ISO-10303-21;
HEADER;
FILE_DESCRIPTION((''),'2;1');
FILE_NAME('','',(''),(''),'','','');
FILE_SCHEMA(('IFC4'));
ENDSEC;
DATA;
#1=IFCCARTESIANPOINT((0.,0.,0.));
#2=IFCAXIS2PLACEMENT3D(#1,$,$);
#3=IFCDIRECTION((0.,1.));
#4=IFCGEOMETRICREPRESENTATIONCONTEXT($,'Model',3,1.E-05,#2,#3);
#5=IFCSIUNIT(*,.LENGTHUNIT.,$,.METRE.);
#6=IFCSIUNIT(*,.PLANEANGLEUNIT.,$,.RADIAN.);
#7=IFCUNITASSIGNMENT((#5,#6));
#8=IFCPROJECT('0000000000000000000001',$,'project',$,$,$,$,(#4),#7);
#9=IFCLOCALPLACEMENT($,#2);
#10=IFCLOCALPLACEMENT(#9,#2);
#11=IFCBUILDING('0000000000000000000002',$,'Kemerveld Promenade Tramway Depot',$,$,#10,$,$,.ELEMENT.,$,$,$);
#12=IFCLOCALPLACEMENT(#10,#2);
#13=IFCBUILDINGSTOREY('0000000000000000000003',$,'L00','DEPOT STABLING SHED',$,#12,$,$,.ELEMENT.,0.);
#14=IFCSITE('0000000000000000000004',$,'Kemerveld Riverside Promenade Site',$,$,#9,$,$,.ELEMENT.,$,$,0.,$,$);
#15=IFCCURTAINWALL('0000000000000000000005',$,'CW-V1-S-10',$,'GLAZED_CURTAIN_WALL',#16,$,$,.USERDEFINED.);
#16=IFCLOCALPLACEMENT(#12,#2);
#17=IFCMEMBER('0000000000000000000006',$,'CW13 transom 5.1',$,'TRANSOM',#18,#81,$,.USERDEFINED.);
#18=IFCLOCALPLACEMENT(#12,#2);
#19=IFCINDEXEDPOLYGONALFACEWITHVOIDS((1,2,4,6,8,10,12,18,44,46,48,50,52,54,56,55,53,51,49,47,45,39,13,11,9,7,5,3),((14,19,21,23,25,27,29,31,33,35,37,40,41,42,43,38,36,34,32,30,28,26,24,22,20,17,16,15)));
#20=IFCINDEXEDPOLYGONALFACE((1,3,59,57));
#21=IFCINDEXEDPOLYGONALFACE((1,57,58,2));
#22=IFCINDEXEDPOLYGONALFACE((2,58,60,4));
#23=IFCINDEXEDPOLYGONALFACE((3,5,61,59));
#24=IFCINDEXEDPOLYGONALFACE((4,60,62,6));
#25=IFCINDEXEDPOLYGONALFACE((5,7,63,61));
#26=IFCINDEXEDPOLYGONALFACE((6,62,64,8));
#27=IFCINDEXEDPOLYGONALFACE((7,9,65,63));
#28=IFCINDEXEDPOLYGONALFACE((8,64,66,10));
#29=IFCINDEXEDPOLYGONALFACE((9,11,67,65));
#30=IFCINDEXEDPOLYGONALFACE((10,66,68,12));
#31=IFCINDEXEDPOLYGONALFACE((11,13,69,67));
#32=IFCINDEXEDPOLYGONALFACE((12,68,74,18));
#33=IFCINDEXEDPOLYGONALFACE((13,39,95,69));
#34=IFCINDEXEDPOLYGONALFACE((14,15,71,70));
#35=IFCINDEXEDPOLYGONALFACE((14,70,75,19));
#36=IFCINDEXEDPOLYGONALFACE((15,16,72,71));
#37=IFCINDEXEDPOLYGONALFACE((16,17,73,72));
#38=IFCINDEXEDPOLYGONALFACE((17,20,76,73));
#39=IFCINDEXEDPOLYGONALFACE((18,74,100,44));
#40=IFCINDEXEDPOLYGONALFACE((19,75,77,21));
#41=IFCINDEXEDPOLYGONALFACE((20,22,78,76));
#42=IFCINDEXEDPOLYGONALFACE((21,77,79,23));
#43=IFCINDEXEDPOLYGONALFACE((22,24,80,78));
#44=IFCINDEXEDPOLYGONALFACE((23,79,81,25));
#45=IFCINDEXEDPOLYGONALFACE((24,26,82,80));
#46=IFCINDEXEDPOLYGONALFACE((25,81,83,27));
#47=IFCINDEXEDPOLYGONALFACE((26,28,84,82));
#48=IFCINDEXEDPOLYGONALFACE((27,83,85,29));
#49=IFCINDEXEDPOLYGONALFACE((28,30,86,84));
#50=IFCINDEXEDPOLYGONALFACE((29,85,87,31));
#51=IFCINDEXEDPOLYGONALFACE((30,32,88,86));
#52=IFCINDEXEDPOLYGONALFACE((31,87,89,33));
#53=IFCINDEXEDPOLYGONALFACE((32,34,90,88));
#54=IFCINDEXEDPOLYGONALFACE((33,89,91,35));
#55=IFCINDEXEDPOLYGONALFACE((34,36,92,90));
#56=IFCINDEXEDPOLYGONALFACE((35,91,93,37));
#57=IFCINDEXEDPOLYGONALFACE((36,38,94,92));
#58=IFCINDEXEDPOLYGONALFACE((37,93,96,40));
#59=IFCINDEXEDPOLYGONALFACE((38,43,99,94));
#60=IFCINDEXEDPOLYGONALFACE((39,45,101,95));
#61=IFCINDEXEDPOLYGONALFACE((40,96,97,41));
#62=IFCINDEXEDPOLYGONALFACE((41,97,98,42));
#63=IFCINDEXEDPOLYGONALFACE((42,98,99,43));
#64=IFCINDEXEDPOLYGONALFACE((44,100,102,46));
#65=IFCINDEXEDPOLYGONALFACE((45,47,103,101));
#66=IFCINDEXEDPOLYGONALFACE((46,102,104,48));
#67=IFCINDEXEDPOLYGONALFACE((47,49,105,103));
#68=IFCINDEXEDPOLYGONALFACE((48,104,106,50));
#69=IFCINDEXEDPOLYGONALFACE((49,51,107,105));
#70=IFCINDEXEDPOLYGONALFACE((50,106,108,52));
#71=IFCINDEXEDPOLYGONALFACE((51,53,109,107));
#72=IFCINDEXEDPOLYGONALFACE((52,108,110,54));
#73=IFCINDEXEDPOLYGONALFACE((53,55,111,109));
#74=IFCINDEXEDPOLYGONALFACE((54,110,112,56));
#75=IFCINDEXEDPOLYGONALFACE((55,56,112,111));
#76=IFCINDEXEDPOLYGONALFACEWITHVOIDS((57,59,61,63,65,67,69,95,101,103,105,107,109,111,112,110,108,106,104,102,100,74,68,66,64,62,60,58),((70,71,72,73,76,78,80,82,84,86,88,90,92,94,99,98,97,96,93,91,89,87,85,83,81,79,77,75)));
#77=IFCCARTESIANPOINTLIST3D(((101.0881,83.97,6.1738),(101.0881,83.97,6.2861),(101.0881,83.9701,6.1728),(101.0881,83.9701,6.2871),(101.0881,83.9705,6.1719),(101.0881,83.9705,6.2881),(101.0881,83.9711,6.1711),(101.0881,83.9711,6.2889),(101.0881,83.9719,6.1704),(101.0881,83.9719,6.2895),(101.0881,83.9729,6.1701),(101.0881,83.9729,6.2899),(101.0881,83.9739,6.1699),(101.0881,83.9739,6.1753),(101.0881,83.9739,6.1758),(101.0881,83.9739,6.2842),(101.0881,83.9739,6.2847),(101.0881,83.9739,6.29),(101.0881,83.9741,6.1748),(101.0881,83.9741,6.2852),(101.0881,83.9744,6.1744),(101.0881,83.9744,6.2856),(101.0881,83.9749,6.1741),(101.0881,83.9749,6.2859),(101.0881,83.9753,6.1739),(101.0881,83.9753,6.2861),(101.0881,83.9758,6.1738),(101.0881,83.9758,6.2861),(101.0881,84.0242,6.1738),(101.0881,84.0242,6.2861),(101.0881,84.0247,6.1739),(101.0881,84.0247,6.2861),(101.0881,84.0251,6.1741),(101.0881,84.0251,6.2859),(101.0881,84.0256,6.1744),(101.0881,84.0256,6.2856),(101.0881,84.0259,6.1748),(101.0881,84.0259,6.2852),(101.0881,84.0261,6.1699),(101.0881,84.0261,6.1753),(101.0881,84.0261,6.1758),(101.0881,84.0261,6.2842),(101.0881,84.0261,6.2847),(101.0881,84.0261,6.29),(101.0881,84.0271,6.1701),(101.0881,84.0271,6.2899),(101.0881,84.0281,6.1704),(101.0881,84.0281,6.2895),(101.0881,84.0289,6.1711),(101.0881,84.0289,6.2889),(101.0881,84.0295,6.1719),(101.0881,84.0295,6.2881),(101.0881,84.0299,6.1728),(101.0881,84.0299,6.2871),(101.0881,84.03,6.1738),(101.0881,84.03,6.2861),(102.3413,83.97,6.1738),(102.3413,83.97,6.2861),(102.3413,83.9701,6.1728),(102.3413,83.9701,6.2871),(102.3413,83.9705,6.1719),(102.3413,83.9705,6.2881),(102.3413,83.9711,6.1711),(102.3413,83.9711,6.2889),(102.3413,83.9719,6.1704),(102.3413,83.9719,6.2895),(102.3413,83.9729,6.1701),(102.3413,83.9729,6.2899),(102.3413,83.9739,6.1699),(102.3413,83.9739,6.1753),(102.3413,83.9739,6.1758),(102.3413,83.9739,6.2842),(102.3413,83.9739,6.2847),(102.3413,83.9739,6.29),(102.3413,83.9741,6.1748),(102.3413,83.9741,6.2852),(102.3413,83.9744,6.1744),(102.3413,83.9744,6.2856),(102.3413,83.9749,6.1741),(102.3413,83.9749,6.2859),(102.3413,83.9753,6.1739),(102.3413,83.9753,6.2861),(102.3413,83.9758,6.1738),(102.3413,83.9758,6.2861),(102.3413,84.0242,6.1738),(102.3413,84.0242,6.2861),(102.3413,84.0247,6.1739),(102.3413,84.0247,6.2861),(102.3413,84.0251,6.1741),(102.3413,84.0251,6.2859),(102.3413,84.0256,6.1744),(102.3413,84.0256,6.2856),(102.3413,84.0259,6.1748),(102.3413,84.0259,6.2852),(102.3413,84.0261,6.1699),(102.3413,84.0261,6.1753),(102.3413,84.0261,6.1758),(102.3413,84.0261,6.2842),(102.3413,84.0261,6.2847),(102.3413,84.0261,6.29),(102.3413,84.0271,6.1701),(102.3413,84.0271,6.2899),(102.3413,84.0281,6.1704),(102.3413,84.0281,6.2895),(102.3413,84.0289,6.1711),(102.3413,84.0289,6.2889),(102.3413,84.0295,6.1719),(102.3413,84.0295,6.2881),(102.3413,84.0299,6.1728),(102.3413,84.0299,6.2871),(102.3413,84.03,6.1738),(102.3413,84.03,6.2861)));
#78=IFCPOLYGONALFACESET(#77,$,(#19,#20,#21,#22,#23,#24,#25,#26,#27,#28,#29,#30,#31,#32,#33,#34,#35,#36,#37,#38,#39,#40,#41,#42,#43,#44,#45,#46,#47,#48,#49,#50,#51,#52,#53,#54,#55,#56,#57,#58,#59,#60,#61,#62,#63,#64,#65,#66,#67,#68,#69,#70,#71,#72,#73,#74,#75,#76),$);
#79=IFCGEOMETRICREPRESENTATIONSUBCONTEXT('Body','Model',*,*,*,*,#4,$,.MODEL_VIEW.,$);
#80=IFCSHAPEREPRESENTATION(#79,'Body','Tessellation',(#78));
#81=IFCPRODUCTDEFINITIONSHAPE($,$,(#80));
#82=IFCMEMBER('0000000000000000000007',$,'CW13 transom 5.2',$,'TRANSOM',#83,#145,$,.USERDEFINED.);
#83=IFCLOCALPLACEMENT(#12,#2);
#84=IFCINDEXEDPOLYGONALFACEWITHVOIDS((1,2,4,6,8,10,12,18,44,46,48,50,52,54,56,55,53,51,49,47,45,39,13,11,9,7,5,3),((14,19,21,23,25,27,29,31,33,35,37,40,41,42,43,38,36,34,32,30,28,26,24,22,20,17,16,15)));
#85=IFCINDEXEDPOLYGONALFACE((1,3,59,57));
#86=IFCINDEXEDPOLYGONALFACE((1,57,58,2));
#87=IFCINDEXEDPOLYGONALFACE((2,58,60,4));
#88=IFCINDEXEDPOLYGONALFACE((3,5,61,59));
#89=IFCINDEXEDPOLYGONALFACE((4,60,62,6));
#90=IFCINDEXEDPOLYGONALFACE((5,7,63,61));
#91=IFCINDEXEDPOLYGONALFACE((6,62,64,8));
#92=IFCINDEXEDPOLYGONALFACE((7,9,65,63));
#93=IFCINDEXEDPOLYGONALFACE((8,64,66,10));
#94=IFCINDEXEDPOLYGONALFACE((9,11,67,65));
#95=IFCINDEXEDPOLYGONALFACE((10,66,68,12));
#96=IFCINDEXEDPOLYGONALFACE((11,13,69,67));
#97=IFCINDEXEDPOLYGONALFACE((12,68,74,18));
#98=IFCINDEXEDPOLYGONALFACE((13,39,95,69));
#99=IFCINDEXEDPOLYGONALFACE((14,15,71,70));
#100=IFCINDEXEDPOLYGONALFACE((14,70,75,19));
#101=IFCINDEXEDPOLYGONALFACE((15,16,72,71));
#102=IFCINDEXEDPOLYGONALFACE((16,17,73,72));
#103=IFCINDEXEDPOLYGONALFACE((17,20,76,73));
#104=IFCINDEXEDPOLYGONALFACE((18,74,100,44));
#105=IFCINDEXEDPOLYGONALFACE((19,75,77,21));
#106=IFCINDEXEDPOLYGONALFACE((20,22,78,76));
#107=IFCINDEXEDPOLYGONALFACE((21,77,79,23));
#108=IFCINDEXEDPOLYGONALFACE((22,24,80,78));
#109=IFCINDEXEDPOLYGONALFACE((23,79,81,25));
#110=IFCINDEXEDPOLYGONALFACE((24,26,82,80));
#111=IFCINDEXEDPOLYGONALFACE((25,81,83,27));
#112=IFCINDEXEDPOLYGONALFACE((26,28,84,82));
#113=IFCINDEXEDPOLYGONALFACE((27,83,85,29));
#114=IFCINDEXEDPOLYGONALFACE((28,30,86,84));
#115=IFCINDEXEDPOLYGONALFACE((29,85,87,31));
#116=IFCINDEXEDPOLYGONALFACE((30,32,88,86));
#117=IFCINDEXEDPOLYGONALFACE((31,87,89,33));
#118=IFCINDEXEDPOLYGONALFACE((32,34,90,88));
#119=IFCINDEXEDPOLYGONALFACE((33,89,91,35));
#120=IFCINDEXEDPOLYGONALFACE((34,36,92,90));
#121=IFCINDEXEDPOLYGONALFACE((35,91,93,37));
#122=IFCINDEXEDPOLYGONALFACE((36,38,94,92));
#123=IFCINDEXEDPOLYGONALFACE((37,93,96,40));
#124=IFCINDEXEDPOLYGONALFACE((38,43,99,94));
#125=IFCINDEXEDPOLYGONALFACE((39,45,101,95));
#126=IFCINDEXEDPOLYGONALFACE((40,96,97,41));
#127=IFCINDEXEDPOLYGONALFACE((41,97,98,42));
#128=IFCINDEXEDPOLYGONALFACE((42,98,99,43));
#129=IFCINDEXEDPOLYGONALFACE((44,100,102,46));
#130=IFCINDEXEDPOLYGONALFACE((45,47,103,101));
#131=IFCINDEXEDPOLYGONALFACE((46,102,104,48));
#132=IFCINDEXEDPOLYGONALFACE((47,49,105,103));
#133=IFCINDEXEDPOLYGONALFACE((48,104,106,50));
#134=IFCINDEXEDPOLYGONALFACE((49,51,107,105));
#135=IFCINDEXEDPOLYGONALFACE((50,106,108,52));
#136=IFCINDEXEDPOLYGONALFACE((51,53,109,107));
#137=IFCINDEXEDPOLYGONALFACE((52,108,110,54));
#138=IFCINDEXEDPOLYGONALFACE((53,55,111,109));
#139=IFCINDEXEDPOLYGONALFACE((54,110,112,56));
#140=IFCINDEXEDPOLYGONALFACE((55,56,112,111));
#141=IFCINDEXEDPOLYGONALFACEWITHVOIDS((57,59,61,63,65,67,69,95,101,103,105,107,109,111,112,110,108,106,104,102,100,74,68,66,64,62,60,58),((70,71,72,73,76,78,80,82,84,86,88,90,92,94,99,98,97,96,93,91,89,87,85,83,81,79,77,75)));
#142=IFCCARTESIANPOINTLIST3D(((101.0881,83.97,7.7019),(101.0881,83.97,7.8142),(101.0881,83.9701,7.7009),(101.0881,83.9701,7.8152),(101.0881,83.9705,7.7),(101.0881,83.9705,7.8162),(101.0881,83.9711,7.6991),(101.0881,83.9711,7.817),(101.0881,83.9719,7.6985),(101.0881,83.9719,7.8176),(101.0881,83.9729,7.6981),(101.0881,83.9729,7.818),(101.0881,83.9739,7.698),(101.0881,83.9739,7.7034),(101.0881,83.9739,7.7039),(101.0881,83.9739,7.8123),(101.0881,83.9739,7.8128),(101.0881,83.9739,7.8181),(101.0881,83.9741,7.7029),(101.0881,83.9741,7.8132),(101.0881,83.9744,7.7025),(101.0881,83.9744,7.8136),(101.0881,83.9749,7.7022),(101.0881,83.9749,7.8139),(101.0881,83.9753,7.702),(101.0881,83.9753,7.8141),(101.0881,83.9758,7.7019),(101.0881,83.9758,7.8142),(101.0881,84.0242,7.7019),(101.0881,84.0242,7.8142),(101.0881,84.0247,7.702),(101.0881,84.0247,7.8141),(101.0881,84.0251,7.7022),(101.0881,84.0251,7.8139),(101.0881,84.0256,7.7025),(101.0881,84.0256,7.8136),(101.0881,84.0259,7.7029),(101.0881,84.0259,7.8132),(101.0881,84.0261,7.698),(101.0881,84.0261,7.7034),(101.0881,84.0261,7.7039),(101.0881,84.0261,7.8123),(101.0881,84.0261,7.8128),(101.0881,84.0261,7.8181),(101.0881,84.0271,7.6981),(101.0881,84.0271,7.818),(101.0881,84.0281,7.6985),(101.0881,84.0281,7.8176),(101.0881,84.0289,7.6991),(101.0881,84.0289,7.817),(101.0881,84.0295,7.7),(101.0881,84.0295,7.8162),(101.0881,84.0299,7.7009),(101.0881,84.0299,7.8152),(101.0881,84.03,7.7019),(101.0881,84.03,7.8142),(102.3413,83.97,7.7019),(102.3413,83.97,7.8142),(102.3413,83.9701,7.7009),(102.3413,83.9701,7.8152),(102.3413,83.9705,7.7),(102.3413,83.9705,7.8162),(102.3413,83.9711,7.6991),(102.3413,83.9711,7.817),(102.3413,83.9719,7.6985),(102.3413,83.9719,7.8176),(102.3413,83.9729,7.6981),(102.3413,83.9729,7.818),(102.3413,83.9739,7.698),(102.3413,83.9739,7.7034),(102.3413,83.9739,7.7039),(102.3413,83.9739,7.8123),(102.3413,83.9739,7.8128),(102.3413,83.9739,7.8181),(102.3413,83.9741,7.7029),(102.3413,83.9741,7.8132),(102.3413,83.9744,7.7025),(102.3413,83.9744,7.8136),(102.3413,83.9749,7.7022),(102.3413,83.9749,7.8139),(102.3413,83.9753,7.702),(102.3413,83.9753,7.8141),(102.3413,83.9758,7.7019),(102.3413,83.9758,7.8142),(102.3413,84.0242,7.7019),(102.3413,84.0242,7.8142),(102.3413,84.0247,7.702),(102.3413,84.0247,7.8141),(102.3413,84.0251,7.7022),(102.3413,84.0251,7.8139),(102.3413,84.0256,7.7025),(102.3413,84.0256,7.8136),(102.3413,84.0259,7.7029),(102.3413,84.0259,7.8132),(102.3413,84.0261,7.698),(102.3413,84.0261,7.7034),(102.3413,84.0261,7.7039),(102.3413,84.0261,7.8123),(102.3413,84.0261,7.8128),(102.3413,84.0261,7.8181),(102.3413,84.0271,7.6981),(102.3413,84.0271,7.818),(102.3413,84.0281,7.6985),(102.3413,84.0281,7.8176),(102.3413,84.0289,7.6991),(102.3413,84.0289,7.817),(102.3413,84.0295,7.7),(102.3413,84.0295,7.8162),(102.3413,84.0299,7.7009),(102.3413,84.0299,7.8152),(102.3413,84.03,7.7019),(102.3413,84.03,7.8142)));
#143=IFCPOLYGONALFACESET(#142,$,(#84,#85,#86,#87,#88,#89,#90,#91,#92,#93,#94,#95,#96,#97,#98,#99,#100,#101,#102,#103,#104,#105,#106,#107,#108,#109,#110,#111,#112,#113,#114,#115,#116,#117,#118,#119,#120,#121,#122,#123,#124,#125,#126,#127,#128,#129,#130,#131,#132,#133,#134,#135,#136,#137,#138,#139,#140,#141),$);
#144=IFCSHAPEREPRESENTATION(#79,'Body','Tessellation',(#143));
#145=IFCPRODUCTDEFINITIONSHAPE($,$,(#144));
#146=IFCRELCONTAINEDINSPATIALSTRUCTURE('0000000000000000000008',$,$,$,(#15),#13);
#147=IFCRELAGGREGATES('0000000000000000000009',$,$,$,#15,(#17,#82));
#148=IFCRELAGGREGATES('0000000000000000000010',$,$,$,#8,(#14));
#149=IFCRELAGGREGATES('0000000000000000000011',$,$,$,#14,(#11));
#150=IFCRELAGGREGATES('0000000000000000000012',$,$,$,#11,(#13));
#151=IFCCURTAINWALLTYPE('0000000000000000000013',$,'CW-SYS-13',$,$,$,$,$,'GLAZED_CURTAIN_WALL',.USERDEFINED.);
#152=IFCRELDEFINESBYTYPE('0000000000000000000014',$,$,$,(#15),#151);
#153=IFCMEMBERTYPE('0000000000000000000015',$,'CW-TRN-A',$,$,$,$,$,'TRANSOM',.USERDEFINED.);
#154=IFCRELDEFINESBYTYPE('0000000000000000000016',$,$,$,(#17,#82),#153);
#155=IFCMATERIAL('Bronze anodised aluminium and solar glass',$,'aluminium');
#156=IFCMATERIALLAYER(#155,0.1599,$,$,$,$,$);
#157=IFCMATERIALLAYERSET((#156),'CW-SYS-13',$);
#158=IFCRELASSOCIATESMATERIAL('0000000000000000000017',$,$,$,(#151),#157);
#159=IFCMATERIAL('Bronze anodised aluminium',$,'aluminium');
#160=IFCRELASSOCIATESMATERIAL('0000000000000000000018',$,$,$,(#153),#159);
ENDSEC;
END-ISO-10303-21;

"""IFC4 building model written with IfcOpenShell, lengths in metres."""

from ifc_helpers import new_model, si_unit, direction, frame, origin, origin_2d, place, context, subcontext, project, spatial, hollow_rectangle, extrude, material, layer, layer_set, material_profile, profile_set, type_object, element, aggregate, save


model = new_model("IFC4")

# Units and contexts
model_context = context("Model", 3, precision=1e-05, world=origin(), true_north=direction((0.0, 1.0)))
body_context = subcontext(model_context, "Body", "Model", "MODEL_VIEW")
ifc_project = project(units=[si_unit("LENGTHUNIT", "METRE"), si_unit("PLANEANGLEUNIT", "RADIAN")], contexts=[model_context])

# Site, building, storey
site_placement = place(None, origin())
site = spatial("IfcSite", under=ifc_project, at=site_placement, Name="Kemerveld Riverside Promenade Site", CompositionType="ELEMENT", RefElevation=0.0)
building_placement = place(site_placement, origin())
building = spatial("IfcBuilding", under=site, at=building_placement, Name="Kemerveld Promenade Tramway Depot", CompositionType="ELEMENT")
storey_placement = place(building_placement, origin())
storey = spatial("IfcBuildingStorey", under=building, at=storey_placement, Name="L00", Description="DEPOT STABLING SHED", CompositionType="ELEMENT", Elevation=0.0)

# Curtain wall
ifc_material_1 = material(Name="Bronze anodised aluminium and solar glass", Category="aluminium")
ifc_layer_1 = layer(ifc_material_1, 0.1599)
ifc_layer_set_1 = layer_set([ifc_layer_1], Name="CW-SYS-13")
curtain_wall_type_1 = type_object("IfcCurtainWallType", Name="CW-SYS-13", ElementType="GLAZED_CURTAIN_WALL", PredefinedType="USERDEFINED", material=ifc_layer_set_1)
curtain_wall_1_placement = place(storey_placement, origin())
curtain_wall_1 = element("IfcCurtainWall", 1, at=curtain_wall_1_placement, inside=storey, type_object=curtain_wall_type_1, Name="CW-V1-S-10", ObjectType="GLAZED_CURTAIN_WALL", PredefinedType="USERDEFINED")
ifc_material_2 = material(Name="Bronze anodised aluminium", Category="aluminium")

# Members
ifc_material_profile_1 = material_profile(ifc_material_2, hollow_rectangle(XDim=0.0601, YDim=0.1201, WallThickness=0.0039, InnerFilletRadius=0.002, OuterFilletRadius=0.0039, at=origin_2d()), Name="CW-TRN-120x60")
ifc_profile_set_1 = profile_set([ifc_material_profile_1], Name="Bronze anodised aluminium")
member_type_1 = type_object("IfcMemberType", Name="CW-TRN-A", ElementType="TRANSOM", PredefinedType="USERDEFINED", material=ifc_profile_set_1)
member_1_placement = place(storey_placement, frame((102.3413, 84.0, 6.23), z_axis=(-1.0, 0.0, 0.0), x_axis=(0.0, -1.0, 0.0)))
member_1 = element("IfcMember", 2, at=member_1_placement, type_object=member_type_1, Name="CW13 transom 5.1", ObjectType="TRANSOM", PredefinedType="USERDEFINED", context=body_context, shape_type="SweptSolid", body=[
    extrude(hollow_rectangle(XDim=0.0601, YDim=0.1201, WallThickness=0.0039, InnerFilletRadius=0.002, OuterFilletRadius=0.0039, at=origin_2d()), origin(), (0.0, 0.0, 1.0), 1.2532),
])
member_2_placement = place(storey_placement, frame((102.3413, 84.0, 7.7581), z_axis=(-1.0, 0.0, 0.0), x_axis=(0.0, -1.0, 0.0)))
member_2 = element("IfcMember", 3, at=member_2_placement, type_object=member_type_1, Name="CW13 transom 5.2", ObjectType="TRANSOM", PredefinedType="USERDEFINED", context=body_context, shape_type="SweptSolid", body=[
    extrude(hollow_rectangle(XDim=0.0601, YDim=0.1201, WallThickness=0.0039, InnerFilletRadius=0.002, OuterFilletRadius=0.0039, at=origin_2d()), origin(), (0.0, 0.0, 1.0), 1.2532),
])

aggregate(curtain_wall_1, [member_1, member_2])

save(model, "model.ifc")
